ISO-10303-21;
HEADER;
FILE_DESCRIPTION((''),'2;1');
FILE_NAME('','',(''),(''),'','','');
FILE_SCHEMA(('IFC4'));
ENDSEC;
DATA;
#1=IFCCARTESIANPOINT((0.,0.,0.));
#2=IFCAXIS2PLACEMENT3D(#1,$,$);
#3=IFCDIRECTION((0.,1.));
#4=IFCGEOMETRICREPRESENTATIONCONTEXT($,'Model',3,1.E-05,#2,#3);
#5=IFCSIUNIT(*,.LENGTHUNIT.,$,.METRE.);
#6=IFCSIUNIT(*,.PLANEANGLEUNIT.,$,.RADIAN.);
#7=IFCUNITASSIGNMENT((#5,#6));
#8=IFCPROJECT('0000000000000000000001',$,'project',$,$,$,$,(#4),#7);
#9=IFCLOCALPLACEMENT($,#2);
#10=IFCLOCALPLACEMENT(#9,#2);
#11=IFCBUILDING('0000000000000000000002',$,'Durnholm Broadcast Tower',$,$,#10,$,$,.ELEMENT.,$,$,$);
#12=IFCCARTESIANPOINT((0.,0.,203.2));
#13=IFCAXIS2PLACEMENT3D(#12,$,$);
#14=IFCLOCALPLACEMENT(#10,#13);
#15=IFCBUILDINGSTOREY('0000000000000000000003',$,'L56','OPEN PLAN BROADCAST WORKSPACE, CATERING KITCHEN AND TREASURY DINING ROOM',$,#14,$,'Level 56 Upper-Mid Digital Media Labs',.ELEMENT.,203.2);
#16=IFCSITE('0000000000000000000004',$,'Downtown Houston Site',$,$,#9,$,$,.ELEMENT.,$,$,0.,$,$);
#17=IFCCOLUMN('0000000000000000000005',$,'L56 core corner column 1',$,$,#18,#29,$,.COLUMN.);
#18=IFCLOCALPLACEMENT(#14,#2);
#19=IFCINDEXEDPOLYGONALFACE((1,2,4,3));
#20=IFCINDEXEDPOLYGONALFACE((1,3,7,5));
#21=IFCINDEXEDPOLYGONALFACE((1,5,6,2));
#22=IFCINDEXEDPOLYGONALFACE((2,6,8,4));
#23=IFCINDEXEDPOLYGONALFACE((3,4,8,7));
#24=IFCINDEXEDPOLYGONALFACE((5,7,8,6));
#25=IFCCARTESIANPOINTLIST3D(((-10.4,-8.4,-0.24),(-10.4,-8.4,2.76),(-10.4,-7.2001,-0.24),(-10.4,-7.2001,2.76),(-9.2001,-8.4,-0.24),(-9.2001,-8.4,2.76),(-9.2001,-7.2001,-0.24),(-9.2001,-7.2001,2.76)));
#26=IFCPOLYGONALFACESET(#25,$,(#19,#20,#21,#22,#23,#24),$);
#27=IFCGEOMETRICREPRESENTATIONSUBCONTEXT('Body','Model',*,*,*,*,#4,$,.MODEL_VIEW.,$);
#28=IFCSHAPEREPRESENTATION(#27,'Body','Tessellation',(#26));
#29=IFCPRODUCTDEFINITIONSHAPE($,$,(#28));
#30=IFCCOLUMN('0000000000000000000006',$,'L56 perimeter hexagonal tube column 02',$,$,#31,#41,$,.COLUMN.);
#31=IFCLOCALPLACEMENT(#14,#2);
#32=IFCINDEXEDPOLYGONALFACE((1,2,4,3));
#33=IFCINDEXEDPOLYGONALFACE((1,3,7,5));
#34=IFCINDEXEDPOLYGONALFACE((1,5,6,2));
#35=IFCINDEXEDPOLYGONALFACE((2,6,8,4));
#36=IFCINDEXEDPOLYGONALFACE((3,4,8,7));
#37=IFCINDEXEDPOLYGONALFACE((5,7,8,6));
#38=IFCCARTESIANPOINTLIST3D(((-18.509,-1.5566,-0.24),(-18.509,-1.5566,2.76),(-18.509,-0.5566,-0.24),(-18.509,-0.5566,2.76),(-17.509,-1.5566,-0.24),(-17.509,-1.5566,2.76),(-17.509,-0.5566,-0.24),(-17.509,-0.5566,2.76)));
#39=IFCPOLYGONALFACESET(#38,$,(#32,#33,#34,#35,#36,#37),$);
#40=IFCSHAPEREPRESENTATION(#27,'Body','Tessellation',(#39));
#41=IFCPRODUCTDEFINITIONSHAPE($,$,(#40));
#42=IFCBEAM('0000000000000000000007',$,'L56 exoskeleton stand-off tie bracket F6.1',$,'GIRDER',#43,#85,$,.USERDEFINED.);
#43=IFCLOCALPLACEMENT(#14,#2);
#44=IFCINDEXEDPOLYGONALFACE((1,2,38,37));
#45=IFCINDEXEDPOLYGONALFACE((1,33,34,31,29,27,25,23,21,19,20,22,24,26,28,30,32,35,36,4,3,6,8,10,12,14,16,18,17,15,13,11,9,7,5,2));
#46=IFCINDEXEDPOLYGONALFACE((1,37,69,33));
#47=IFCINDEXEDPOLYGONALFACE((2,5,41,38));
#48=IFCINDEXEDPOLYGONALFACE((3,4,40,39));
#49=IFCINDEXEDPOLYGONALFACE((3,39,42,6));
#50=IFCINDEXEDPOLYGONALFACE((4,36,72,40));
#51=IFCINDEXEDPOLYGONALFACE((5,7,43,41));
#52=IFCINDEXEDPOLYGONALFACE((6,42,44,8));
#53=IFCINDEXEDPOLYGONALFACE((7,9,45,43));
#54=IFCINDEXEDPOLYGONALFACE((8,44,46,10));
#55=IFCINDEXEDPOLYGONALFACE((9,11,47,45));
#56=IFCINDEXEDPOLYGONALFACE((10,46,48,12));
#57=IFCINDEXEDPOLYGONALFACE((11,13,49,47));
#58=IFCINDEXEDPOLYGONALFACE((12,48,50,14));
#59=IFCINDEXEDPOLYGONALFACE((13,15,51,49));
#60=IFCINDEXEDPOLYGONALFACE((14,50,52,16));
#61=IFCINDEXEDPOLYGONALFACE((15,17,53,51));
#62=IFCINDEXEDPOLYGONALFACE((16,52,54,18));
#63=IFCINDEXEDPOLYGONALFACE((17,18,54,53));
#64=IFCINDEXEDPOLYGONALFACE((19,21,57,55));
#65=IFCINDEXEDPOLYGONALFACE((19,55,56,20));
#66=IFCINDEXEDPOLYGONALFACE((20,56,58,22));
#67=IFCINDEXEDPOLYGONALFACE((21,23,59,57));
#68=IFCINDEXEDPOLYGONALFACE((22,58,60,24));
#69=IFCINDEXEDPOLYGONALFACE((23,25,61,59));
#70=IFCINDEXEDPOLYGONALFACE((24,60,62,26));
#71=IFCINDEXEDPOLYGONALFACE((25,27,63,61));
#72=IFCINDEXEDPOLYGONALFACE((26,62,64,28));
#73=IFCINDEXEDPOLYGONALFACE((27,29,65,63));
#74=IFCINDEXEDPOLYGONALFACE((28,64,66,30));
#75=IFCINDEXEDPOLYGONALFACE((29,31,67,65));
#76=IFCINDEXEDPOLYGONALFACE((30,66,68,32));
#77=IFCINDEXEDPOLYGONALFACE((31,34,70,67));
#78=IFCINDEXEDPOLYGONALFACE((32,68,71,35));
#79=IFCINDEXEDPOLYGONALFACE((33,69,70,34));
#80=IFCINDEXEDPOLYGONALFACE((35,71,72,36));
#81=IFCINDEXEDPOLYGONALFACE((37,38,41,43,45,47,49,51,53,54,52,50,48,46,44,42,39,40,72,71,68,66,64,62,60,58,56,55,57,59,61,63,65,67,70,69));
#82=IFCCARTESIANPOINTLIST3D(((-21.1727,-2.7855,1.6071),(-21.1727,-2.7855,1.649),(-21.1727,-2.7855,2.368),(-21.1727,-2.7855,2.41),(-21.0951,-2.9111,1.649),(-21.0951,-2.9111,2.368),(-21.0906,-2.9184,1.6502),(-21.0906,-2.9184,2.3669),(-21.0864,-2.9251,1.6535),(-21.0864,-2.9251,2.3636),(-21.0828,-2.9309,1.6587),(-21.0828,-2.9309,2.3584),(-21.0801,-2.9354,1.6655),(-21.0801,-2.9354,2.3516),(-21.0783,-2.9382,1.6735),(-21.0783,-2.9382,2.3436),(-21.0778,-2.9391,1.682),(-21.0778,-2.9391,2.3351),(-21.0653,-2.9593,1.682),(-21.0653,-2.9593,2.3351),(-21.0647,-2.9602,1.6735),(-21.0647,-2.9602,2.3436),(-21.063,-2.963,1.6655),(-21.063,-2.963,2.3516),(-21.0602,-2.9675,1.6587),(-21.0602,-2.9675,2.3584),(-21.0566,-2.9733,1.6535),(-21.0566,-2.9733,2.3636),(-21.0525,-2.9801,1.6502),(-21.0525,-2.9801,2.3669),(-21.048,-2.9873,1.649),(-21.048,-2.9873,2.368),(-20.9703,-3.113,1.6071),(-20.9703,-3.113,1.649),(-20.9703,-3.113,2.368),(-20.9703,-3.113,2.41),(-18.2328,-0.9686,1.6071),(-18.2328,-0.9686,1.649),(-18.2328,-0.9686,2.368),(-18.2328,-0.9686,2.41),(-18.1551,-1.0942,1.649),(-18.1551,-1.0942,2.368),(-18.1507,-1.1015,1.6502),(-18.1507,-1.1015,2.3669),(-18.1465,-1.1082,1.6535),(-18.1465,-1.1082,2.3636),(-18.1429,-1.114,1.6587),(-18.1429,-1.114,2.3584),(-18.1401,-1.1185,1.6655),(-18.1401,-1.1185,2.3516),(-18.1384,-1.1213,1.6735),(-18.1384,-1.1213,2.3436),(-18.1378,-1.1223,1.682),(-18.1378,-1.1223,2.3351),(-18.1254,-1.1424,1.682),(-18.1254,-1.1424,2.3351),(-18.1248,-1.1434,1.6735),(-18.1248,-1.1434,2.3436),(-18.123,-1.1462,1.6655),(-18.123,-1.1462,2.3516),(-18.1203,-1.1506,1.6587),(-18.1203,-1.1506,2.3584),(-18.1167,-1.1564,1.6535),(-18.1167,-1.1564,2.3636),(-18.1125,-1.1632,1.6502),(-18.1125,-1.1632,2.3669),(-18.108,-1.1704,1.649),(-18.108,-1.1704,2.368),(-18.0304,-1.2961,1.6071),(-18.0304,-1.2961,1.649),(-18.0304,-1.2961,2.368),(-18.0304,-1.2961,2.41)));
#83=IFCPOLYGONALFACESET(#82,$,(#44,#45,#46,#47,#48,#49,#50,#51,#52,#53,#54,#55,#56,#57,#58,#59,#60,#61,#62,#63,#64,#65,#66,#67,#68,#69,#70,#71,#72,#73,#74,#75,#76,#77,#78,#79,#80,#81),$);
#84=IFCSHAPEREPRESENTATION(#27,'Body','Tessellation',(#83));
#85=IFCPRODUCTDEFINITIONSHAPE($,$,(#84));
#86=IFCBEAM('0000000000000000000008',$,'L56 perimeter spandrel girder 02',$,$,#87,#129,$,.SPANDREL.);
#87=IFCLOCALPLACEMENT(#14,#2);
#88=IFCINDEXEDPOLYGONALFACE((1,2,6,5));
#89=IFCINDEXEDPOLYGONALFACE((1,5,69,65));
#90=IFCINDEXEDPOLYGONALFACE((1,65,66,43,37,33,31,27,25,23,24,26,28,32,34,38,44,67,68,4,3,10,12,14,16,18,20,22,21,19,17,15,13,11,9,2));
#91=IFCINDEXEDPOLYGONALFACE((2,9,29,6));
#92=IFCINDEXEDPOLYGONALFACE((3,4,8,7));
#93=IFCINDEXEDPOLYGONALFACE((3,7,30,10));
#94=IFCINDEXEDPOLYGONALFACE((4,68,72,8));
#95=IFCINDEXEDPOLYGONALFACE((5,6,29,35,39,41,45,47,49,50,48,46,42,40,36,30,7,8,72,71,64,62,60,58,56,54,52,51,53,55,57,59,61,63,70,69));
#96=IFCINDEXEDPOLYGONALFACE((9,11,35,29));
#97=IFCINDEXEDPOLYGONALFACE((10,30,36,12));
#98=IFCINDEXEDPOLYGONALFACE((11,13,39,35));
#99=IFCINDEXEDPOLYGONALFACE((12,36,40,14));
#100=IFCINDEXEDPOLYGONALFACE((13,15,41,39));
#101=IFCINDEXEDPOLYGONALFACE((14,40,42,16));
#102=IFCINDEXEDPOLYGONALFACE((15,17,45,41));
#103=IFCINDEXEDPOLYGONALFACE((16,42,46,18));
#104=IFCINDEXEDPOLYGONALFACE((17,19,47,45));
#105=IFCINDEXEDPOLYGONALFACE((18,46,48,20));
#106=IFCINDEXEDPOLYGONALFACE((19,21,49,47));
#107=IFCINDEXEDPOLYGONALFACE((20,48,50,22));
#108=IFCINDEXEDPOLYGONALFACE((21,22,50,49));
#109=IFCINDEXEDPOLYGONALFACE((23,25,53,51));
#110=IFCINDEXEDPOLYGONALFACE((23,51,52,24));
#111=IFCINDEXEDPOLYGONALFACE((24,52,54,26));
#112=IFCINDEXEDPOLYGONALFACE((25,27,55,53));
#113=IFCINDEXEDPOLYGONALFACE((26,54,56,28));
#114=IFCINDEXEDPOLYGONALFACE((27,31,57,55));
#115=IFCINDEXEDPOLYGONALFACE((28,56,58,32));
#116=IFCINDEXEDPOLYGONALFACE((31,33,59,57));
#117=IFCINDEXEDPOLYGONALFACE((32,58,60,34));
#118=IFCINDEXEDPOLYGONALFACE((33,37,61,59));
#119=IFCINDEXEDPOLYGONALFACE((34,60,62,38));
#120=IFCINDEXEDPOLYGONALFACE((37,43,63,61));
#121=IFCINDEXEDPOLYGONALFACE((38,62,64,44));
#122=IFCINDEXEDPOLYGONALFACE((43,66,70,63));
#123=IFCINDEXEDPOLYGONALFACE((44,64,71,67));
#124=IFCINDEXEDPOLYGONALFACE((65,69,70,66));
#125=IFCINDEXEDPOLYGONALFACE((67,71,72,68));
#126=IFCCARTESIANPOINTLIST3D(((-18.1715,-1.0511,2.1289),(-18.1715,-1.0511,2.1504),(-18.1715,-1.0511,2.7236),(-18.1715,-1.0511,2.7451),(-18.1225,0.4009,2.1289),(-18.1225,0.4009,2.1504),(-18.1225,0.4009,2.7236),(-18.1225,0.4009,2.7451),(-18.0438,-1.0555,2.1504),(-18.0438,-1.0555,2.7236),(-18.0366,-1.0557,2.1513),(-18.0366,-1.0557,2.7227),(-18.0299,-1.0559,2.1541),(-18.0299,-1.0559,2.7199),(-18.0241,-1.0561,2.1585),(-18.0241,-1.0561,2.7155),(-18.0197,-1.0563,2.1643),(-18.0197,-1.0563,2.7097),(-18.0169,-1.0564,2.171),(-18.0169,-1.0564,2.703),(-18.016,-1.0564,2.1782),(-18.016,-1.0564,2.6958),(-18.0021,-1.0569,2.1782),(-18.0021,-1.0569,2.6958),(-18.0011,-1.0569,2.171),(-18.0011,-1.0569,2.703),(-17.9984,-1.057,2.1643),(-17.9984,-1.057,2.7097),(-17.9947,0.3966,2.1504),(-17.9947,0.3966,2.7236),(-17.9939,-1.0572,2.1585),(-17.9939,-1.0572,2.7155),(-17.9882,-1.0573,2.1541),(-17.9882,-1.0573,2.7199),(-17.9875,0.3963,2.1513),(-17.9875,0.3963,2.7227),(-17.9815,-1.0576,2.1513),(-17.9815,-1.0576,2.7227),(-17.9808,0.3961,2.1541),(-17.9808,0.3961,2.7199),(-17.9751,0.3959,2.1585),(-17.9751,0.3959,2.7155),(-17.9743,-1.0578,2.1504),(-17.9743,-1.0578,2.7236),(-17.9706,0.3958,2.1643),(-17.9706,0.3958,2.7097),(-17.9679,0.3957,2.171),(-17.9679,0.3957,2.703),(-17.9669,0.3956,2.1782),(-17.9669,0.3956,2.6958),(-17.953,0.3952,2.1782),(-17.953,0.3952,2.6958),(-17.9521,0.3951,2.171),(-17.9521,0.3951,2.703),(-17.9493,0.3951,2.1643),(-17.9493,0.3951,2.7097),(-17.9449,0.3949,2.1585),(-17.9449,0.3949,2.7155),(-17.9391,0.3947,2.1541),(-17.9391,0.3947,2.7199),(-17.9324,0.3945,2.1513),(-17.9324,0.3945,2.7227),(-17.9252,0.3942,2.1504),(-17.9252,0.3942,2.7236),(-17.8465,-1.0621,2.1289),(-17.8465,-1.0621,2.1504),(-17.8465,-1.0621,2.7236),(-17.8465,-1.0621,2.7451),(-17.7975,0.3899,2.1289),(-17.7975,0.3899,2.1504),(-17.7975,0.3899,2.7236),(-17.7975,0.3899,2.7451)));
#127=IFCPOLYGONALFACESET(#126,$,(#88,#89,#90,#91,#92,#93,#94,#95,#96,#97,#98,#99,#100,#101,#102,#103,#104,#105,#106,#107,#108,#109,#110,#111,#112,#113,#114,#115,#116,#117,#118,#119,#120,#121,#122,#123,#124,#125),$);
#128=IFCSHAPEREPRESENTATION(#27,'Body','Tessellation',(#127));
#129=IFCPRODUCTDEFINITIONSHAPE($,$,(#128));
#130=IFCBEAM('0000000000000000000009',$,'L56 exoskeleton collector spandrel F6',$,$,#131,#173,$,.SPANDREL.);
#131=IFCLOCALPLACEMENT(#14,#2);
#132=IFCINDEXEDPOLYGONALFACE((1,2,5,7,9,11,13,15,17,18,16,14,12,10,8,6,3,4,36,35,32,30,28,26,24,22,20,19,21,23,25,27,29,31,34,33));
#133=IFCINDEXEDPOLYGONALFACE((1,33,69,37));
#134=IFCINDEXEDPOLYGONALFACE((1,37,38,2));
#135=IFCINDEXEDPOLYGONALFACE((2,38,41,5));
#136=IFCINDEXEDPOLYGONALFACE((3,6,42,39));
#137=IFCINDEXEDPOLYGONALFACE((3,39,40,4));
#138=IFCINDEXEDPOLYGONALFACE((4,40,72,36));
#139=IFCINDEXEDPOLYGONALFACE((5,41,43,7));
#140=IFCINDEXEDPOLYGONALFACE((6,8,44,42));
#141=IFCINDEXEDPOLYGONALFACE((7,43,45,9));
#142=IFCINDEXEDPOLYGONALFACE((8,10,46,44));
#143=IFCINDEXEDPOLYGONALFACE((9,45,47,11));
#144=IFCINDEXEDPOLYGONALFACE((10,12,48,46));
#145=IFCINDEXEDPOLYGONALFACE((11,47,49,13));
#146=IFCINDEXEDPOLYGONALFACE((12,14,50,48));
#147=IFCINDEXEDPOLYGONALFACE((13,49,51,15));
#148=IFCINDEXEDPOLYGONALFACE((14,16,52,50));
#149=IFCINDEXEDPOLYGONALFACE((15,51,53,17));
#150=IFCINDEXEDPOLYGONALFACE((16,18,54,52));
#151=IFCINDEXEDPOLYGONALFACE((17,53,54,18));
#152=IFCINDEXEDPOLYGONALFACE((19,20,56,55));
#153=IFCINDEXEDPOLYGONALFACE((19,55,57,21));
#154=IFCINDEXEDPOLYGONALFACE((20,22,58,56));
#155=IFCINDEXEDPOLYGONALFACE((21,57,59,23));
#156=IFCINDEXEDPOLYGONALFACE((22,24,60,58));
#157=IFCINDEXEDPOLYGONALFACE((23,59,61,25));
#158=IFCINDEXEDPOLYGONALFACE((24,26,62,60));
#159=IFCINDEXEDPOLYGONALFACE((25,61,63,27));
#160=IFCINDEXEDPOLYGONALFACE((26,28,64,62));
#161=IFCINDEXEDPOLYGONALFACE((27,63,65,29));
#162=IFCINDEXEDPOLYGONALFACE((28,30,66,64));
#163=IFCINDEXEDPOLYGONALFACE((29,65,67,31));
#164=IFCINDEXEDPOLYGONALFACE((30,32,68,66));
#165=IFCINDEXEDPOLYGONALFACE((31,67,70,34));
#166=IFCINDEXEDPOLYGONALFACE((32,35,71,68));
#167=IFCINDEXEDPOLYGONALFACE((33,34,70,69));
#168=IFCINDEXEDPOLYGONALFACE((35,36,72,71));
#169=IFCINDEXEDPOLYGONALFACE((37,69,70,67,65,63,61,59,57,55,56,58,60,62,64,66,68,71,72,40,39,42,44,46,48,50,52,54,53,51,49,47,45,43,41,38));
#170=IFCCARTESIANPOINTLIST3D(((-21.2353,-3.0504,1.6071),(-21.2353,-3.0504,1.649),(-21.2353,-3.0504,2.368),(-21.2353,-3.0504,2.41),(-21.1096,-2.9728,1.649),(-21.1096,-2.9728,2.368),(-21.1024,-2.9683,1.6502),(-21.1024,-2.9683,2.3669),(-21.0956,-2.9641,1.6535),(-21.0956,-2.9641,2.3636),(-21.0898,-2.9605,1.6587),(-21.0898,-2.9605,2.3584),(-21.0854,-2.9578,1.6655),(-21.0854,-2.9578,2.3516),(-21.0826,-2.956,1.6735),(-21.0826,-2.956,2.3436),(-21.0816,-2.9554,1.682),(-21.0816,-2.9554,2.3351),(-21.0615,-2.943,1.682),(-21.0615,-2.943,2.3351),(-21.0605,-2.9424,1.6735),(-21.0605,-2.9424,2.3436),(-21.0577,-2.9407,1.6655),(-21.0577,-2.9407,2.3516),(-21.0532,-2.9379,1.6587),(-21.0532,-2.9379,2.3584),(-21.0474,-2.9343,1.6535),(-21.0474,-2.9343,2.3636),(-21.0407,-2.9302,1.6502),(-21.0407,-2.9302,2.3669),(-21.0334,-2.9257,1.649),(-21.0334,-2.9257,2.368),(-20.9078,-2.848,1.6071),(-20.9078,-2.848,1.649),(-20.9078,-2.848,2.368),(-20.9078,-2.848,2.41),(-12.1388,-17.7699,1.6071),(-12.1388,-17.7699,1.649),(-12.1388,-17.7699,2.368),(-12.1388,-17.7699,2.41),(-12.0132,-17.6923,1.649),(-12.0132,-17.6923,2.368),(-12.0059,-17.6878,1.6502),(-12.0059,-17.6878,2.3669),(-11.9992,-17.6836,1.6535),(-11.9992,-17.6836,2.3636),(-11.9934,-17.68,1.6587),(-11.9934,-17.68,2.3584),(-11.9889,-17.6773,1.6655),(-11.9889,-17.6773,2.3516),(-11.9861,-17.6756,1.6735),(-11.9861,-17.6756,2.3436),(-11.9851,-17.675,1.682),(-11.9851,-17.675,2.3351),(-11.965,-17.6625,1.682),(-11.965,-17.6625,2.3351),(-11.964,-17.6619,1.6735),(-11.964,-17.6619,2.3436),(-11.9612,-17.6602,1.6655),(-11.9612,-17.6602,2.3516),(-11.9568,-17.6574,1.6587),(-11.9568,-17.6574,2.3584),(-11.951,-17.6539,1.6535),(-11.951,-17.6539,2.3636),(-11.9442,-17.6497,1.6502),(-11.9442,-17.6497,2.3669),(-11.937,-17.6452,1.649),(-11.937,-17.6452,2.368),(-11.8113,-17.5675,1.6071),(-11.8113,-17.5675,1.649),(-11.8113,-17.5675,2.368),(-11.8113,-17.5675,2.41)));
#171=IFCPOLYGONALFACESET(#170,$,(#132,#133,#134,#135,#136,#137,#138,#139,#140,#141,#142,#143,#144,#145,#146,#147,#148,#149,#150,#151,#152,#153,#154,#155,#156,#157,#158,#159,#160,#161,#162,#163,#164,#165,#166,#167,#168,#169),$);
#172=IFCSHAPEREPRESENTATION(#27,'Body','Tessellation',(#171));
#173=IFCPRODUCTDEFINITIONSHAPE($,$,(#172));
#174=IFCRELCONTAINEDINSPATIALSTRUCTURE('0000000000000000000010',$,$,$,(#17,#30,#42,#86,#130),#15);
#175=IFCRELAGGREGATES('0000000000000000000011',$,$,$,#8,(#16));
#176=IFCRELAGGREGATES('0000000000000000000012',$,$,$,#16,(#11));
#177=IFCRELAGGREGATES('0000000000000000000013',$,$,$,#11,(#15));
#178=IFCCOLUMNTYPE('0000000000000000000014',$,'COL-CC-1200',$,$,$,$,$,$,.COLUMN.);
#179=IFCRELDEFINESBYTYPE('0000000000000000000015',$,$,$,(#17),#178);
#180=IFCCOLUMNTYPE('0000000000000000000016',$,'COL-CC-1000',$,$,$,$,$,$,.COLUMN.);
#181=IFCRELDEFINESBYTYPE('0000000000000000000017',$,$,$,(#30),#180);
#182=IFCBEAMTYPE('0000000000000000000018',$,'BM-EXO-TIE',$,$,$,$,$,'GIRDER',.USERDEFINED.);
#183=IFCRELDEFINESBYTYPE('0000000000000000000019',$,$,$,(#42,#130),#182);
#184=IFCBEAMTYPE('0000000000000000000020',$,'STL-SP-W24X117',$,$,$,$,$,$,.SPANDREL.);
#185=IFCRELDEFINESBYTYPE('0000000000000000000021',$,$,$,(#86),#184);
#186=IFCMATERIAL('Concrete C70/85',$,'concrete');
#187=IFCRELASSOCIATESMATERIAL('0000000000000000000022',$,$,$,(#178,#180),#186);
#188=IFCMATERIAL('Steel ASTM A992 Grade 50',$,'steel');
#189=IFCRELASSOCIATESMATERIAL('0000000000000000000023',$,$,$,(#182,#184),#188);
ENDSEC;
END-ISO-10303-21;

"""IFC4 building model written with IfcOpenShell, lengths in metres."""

from ifc_helpers import new_model, si_unit, direction, frame, origin, origin_2d, place, context, subcontext, project, spatial, rectangle, i_section, extrude, source, transform, mapped, material, material_profile, profile_set, type_object, type_shapes, element, save


model = new_model("IFC4")

# Units and contexts
model_context = context("Model", 3, precision=1e-05, world=origin(), true_north=direction((0.0, 1.0)))
body_context = subcontext(model_context, "Body", "Model", "MODEL_VIEW")
ifc_project = project(units=[si_unit("LENGTHUNIT", "METRE"), si_unit("PLANEANGLEUNIT", "RADIAN")], contexts=[model_context])

# Site, building, storey
site_placement = place(None, origin())
site = spatial("IfcSite", under=ifc_project, at=site_placement, Name="Downtown Houston Site", CompositionType="ELEMENT", RefElevation=0.0)
building_placement = place(site_placement, origin())
building = spatial("IfcBuilding", under=site, at=building_placement, Name="Durnholm Broadcast Tower", CompositionType="ELEMENT")
storey_placement = place(building_placement, frame((0.0, 0.0, 203.2)))
storey = spatial("IfcBuildingStorey", under=building, at=storey_placement, Name="L56", Description="OPEN PLAN BROADCAST WORKSPACE, CATERING KITCHEN AND TREASURY DINING ROOM", LongName="Level 56 Upper-Mid Digital Media Labs", CompositionType="ELEMENT", Elevation=203.2)

# Columns
ifc_material_1 = material(Name="Concrete C70/85", Category="concrete")
ifc_material_profile_1 = material_profile(ifc_material_1, rectangle(XDim=1.2, YDim=1.2, at=origin_2d()), Name="RC1200X1200")
ifc_profile_set_1 = profile_set([ifc_material_profile_1], Name="Concrete C70/85")
column_type_1 = type_object("IfcColumnType", Name="COL-CC-1200", PredefinedType="COLUMN", material=ifc_profile_set_1)
shared_shape_1 = source(origin(), body_context, "Body", "SweptSolid", [
    extrude(rectangle(XDim=1.2, YDim=1.2, at=origin_2d()), origin(), (0.0, 0.0, 1.0), 3.0),
])
type_shapes(column_type_1, [shared_shape_1])
column_1_placement = place(storey_placement, frame((-9.8, -7.8, -0.24), z_axis=(0.0, 0.0, 1.0), x_axis=(1.0, 0.0, 0.0)))
element("IfcColumn", 1, at=column_1_placement, inside=storey, type_object=column_type_1, Name="L56 core corner column 1", PredefinedType="COLUMN", context=body_context, shape_type="MappedRepresentation", body=[
    mapped(shared_shape_1, transform((0.0, 0.0, 0.0), x_axis=(1.0, 0.0, 0.0), y_axis=(0.0, 1.0, 0.0), z_axis=(0.0, 0.0, 1.0), scale=1.0)),
])
ifc_material_profile_2 = material_profile(ifc_material_1, rectangle(XDim=1.0, YDim=1.0, at=origin_2d()), Name="RC1000X1000")
ifc_profile_set_2 = profile_set([ifc_material_profile_2], Name="Concrete C70/85")
column_type_2 = type_object("IfcColumnType", Name="COL-CC-1000", PredefinedType="COLUMN", material=ifc_profile_set_2)
shared_shape_2 = source(origin(), body_context, "Body", "SweptSolid", [
    extrude(rectangle(XDim=1.0, YDim=1.0, at=origin_2d()), origin(), (0.0, 0.0, 1.0), 3.0),
])
type_shapes(column_type_2, [shared_shape_2])
column_2_placement = place(storey_placement, frame((-18.009, -1.0566, -0.24), z_axis=(0.0, 0.0, 1.0), x_axis=(1.0, 0.0, 0.0)))
element("IfcColumn", 2, at=column_2_placement, inside=storey, type_object=column_type_2, Name="L56 perimeter hexagonal tube column 02", PredefinedType="COLUMN", context=body_context, shape_type="MappedRepresentation", body=[
    mapped(shared_shape_2, transform((0.0, 0.0, 0.0), x_axis=(1.0, 0.0, 0.0), y_axis=(0.0, 1.0, 0.0), z_axis=(0.0, 0.0, 1.0), scale=1.0)),
])

# Beams
ifc_material_2 = material(Name="Steel ASTM A992 Grade 50", Category="steel")
ifc_material_profile_3 = material_profile(ifc_material_2, i_section(OverallWidth=0.385, OverallDepth=0.803, WebThickness=0.0237, FlangeThickness=0.042, FilletRadius=0.033, at=origin_2d()), Name="W30X261")
ifc_profile_set_3 = profile_set([ifc_material_profile_3], Name="Steel ASTM A992 Grade 50")
beam_type_1 = type_object("IfcBeamType", Name="BM-EXO-TIE", ElementType="GIRDER", PredefinedType="USERDEFINED", material=ifc_profile_set_3)
shared_shape_3 = source(origin(), body_context, "Body", "SweptSolid", [
    extrude(i_section(OverallWidth=0.385, OverallDepth=0.803, WebThickness=0.0237, FlangeThickness=0.042, FilletRadius=0.033, at=origin_2d()), origin(), (0.0, 0.0, 1.0), 3.4561),
])
beam_1_placement = place(storey_placement, frame((-18.1316, -1.1323, 2.0085), z_axis=(-0.850662, -0.525712, 0.0), x_axis=(0.525712, -0.850662, 0.0)))
element("IfcBeam", 3, at=beam_1_placement, inside=storey, type_object=beam_type_1, Name="L56 exoskeleton stand-off tie bracket F6.1", ObjectType="GIRDER", PredefinedType="USERDEFINED", context=body_context, shape_type="MappedRepresentation", body=[
    mapped(shared_shape_3, transform((0.0, 0.0, 0.0), x_axis=(1.0, 0.0, 0.0), y_axis=(0.0, 1.0, 0.0), z_axis=(0.0, 0.0, 1.0), scale=1.0)),
])
ifc_material_profile_4 = material_profile(ifc_material_2, i_section(OverallWidth=0.3252, OverallDepth=0.6162, WebThickness=0.0139, FlangeThickness=0.0215, FilletRadius=0.0278, at=origin_2d()), Name="W24X117")
ifc_profile_set_4 = profile_set([ifc_material_profile_4], Name="Steel ASTM A992 Grade 50")
beam_type_2 = type_object("IfcBeamType", Name="STL-SP-W24X117", PredefinedType="SPANDREL", material=ifc_profile_set_4)
shared_shape_4 = source(origin(), body_context, "Body", "SweptSolid", [
    extrude(i_section(OverallWidth=0.3252, OverallDepth=0.6162, WebThickness=0.0139, FlangeThickness=0.0215, FilletRadius=0.0278, at=origin_2d()), origin(), (0.0, 0.0, 1.0), 1.4529),
])
type_shapes(beam_type_2, [shared_shape_4])
beam_2_placement = place(storey_placement, frame((-18.009, -1.0566, 2.437), z_axis=(0.033774, 0.99943, 0.0), x_axis=(-0.99943, 0.033774, 0.0)))
element("IfcBeam", 4, at=beam_2_placement, inside=storey, type_object=beam_type_2, Name="L56 perimeter spandrel girder 02", PredefinedType="SPANDREL", context=body_context, shape_type="MappedRepresentation", body=[
    mapped(shared_shape_4, transform((0.0, 0.0, 0.0), x_axis=(1.0, 0.0, 0.0), y_axis=(0.0, 1.0, 0.0), z_axis=(0.0, 0.0, 1.0), scale=1.0)),
])
shared_shape_5 = source(origin(), body_context, "Body", "SweptSolid", [
    extrude(i_section(OverallWidth=0.385, OverallDepth=0.803, WebThickness=0.0237, FlangeThickness=0.042, FilletRadius=0.033, at=origin_2d()), origin(), (0.0, 0.0, 1.0), 17.3035),
])
type_shapes(beam_type_1, [shared_shape_3, shared_shape_5])
beam_3_placement = place(storey_placement, frame((-21.0715, -2.9492, 2.0085), z_axis=(0.525702, -0.850669, 0.0), x_axis=(0.850669, 0.525702, 0.0)))
element("IfcBeam", 5, at=beam_3_placement, inside=storey, type_object=beam_type_1, Name="L56 exoskeleton collector spandrel F6", PredefinedType="SPANDREL", context=body_context, shape_type="MappedRepresentation", body=[
    mapped(shared_shape_5, transform((0.0, 0.0, 0.0), x_axis=(1.0, 0.0, 0.0), y_axis=(0.0, 1.0, 0.0), z_axis=(0.0, 0.0, 1.0), scale=1.0)),
])

save(model, "model.ifc")
